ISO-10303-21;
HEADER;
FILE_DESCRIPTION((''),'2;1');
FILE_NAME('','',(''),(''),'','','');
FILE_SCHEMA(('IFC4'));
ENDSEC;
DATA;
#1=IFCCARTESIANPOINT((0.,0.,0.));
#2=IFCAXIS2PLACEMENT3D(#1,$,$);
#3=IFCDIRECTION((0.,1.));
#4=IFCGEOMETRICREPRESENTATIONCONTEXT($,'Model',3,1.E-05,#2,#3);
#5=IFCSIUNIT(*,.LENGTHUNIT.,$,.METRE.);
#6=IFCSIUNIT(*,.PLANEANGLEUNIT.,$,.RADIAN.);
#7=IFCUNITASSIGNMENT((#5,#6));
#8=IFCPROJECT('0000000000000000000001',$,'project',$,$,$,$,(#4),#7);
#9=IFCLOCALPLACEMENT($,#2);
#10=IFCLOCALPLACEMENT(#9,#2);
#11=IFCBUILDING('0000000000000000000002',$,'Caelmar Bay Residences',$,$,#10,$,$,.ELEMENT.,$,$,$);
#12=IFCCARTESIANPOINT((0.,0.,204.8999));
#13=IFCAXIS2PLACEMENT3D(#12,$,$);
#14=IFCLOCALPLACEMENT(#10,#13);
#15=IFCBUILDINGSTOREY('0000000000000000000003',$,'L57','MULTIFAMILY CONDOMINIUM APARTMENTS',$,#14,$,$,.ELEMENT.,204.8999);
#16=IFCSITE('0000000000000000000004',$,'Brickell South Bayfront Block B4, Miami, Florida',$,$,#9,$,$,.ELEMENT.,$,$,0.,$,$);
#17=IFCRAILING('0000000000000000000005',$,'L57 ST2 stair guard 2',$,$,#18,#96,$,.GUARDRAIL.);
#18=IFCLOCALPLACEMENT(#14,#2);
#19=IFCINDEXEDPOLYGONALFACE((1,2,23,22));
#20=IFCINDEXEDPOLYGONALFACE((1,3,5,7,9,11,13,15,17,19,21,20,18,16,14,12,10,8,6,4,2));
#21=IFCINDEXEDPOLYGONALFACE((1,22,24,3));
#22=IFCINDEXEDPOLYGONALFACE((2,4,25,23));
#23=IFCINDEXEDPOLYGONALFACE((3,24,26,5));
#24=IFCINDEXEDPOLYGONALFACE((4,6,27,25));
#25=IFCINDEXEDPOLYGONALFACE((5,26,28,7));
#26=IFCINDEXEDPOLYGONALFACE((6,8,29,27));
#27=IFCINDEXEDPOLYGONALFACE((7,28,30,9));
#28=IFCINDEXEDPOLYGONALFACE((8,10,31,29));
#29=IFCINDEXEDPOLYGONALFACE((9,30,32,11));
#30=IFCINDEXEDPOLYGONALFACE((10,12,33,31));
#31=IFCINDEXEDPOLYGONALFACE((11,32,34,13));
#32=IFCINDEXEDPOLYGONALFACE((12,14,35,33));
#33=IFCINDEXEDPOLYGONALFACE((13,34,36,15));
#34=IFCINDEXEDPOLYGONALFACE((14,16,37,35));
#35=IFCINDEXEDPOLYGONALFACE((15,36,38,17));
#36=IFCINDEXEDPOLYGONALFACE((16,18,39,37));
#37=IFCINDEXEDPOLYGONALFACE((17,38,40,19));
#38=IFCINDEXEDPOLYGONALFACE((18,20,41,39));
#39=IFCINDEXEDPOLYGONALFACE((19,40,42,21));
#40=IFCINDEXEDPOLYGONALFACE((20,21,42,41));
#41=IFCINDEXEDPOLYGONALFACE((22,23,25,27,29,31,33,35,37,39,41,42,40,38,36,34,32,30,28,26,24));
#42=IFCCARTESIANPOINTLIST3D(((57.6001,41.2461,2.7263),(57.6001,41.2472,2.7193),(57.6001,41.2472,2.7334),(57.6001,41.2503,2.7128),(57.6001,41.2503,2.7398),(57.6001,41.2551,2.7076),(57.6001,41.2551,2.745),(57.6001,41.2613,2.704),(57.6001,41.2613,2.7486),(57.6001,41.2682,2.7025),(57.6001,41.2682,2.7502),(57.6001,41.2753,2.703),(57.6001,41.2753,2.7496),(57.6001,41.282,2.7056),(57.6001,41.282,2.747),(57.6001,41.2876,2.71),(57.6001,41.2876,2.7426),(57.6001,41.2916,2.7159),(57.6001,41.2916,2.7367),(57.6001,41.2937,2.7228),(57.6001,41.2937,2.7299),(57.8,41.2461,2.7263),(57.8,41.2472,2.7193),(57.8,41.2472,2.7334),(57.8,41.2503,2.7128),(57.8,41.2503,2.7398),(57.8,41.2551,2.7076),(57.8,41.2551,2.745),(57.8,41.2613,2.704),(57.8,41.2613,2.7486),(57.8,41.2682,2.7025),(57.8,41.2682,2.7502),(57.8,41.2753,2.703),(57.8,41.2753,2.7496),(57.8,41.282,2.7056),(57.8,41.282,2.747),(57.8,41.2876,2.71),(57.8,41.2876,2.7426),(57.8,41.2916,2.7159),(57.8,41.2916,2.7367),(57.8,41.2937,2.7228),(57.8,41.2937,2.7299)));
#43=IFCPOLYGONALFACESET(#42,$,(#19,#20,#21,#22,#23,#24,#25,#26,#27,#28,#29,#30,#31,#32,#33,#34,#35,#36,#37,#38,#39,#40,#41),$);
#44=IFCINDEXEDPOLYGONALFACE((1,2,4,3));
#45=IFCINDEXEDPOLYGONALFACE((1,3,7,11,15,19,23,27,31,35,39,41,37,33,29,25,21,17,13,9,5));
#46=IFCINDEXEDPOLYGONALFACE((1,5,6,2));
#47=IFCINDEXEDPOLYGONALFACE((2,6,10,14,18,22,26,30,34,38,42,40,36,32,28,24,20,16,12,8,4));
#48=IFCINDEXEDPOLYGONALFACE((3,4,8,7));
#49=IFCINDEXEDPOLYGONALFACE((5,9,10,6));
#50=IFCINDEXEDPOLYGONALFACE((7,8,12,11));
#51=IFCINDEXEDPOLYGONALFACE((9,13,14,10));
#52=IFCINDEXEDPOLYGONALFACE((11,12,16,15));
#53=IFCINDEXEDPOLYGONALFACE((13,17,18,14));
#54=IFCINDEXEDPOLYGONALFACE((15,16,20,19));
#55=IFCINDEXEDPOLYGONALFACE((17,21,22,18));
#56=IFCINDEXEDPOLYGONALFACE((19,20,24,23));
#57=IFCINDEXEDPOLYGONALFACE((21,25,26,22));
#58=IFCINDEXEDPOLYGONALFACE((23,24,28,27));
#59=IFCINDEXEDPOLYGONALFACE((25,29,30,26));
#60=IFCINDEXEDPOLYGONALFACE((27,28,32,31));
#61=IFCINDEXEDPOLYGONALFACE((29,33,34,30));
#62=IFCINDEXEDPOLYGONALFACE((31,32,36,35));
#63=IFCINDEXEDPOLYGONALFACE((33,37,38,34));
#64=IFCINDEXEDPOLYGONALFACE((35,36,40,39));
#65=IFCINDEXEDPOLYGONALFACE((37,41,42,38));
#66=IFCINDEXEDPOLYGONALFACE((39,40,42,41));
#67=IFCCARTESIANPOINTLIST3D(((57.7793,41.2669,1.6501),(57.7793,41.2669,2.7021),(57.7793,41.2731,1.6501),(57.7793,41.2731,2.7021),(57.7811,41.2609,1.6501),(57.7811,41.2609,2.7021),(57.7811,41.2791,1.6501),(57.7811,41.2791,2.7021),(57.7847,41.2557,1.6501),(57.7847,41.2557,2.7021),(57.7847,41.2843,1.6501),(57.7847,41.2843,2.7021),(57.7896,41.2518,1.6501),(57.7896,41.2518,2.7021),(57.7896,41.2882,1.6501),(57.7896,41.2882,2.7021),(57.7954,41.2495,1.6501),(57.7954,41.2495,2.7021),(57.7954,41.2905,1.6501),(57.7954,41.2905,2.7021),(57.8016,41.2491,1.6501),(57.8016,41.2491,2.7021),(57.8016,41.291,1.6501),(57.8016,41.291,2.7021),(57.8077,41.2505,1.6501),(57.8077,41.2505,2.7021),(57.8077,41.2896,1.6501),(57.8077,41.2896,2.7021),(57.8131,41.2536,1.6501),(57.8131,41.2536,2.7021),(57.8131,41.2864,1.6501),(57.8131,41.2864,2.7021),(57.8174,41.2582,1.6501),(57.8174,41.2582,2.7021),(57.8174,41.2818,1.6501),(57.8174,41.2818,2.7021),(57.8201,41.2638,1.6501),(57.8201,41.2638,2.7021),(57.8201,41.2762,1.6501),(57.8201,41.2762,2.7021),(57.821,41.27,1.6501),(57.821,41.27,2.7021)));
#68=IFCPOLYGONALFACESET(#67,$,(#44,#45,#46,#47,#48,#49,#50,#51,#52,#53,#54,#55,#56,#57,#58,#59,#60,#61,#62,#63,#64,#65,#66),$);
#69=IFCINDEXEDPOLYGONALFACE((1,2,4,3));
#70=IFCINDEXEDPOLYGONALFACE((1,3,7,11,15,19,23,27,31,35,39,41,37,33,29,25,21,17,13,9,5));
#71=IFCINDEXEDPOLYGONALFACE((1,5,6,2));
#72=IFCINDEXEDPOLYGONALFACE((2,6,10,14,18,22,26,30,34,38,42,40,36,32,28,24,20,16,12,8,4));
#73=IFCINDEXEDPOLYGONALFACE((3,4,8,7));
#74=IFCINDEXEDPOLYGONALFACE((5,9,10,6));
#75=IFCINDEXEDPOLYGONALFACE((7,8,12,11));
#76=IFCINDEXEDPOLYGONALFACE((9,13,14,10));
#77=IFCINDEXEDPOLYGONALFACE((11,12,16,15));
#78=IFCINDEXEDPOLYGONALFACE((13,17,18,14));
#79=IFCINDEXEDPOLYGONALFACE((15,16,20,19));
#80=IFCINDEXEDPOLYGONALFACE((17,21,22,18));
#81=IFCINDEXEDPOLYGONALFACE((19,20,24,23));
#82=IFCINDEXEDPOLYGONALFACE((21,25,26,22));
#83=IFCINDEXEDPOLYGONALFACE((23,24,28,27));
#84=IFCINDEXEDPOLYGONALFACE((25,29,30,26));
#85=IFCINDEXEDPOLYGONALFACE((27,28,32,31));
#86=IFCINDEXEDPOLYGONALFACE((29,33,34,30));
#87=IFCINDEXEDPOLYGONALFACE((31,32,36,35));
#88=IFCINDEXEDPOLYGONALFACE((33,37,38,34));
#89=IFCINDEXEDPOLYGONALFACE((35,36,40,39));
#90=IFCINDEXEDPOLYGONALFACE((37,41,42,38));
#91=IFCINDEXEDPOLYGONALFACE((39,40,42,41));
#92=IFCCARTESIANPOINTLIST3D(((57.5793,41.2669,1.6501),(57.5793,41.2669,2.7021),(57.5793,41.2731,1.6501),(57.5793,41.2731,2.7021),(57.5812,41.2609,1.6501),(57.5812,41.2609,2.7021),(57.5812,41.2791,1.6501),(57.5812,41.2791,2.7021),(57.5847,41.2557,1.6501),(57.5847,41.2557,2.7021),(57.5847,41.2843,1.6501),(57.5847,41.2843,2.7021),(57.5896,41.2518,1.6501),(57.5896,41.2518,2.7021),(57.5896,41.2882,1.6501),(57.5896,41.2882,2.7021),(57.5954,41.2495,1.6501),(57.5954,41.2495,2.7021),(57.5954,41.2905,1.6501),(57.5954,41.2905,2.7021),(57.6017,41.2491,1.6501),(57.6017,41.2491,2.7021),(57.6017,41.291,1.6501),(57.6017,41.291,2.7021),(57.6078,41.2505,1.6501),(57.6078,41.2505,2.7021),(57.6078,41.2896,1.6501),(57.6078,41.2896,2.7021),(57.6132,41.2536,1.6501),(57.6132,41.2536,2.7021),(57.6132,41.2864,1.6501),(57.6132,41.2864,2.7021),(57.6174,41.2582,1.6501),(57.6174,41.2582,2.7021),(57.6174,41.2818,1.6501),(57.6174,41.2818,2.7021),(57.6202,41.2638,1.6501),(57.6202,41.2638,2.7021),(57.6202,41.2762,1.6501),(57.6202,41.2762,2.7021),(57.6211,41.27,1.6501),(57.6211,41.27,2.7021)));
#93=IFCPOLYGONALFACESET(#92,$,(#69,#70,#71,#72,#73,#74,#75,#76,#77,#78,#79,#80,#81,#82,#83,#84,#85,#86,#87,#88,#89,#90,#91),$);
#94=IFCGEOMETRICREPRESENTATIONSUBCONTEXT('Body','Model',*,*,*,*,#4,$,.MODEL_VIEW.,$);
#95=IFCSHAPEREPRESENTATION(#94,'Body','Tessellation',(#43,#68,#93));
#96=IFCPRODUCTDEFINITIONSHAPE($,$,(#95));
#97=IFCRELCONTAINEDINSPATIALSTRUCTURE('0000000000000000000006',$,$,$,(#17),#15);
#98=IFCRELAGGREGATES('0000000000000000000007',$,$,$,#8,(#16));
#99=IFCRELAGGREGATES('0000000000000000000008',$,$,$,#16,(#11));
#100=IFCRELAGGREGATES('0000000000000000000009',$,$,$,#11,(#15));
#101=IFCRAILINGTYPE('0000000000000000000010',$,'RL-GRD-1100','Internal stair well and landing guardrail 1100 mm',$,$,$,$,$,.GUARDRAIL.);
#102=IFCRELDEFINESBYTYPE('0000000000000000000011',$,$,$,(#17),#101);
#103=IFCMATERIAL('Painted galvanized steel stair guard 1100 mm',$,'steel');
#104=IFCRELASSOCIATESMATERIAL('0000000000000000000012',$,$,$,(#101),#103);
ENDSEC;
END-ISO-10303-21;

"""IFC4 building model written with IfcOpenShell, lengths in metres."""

from ifc_helpers import new_model, si_unit, direction, frame, origin, origin_2d, place, context, subcontext, project, spatial, circle, extrude, material, type_object, element, save


model = new_model("IFC4")

# Units and contexts
model_context = context("Model", 3, precision=1e-05, world=origin(), true_north=direction((0.0, 1.0)))
body_context = subcontext(model_context, "Body", "Model", "MODEL_VIEW")
ifc_project = project(units=[si_unit("LENGTHUNIT", "METRE"), si_unit("PLANEANGLEUNIT", "RADIAN")], contexts=[model_context])

# Site, building, storey
site_placement = place(None, origin())
site = spatial("IfcSite", under=ifc_project, at=site_placement, Name="Brickell South Bayfront Block B4, Miami, Florida", CompositionType="ELEMENT", RefElevation=0.0)
building_placement = place(site_placement, origin())
building = spatial("IfcBuilding", under=site, at=building_placement, Name="Caelmar Bay Residences", CompositionType="ELEMENT")
storey_placement = place(building_placement, frame((0.0, 0.0, 204.8999)))
storey = spatial("IfcBuildingStorey", under=building, at=storey_placement, Name="L57", Description="MULTIFAMILY CONDOMINIUM APARTMENTS", CompositionType="ELEMENT", Elevation=204.8999)

# Railing
ifc_material_1 = material(Name="Painted galvanized steel stair guard 1100 mm", Category="steel")
railing_type = type_object("IfcRailingType", Name="RL-GRD-1100", Description="Internal stair well and landing guardrail 1100 mm", PredefinedType="GUARDRAIL", material=ifc_material_1)
railing_1_placement = place(storey_placement, frame((57.8, 41.27, 1.6501)))
element("IfcRailing", 1, at=railing_1_placement, inside=storey, type_object=railing_type, Name="L57 ST2 stair guard 2", PredefinedType="GUARDRAIL", context=body_context, shape_type="SweptSolid", body=[
    extrude(circle(Radius=0.0239, at=origin_2d()), frame((0.0, 0.0, 1.0762), z_axis=(-1.0, 0.0, 0.0), x_axis=(0.0, -1.0, 0.0)), (0.0, 0.0, 1.0), 0.2),
    extrude(circle(Radius=0.021, at=origin_2d()), origin(), (0.0, 0.0, 1.0), 1.052),
    extrude(circle(Radius=0.021, at=origin_2d()), frame((-0.2, 0.0, 0.0)), (0.0, 0.0, 1.0), 1.052),
])

save(model, "model.ifc")
